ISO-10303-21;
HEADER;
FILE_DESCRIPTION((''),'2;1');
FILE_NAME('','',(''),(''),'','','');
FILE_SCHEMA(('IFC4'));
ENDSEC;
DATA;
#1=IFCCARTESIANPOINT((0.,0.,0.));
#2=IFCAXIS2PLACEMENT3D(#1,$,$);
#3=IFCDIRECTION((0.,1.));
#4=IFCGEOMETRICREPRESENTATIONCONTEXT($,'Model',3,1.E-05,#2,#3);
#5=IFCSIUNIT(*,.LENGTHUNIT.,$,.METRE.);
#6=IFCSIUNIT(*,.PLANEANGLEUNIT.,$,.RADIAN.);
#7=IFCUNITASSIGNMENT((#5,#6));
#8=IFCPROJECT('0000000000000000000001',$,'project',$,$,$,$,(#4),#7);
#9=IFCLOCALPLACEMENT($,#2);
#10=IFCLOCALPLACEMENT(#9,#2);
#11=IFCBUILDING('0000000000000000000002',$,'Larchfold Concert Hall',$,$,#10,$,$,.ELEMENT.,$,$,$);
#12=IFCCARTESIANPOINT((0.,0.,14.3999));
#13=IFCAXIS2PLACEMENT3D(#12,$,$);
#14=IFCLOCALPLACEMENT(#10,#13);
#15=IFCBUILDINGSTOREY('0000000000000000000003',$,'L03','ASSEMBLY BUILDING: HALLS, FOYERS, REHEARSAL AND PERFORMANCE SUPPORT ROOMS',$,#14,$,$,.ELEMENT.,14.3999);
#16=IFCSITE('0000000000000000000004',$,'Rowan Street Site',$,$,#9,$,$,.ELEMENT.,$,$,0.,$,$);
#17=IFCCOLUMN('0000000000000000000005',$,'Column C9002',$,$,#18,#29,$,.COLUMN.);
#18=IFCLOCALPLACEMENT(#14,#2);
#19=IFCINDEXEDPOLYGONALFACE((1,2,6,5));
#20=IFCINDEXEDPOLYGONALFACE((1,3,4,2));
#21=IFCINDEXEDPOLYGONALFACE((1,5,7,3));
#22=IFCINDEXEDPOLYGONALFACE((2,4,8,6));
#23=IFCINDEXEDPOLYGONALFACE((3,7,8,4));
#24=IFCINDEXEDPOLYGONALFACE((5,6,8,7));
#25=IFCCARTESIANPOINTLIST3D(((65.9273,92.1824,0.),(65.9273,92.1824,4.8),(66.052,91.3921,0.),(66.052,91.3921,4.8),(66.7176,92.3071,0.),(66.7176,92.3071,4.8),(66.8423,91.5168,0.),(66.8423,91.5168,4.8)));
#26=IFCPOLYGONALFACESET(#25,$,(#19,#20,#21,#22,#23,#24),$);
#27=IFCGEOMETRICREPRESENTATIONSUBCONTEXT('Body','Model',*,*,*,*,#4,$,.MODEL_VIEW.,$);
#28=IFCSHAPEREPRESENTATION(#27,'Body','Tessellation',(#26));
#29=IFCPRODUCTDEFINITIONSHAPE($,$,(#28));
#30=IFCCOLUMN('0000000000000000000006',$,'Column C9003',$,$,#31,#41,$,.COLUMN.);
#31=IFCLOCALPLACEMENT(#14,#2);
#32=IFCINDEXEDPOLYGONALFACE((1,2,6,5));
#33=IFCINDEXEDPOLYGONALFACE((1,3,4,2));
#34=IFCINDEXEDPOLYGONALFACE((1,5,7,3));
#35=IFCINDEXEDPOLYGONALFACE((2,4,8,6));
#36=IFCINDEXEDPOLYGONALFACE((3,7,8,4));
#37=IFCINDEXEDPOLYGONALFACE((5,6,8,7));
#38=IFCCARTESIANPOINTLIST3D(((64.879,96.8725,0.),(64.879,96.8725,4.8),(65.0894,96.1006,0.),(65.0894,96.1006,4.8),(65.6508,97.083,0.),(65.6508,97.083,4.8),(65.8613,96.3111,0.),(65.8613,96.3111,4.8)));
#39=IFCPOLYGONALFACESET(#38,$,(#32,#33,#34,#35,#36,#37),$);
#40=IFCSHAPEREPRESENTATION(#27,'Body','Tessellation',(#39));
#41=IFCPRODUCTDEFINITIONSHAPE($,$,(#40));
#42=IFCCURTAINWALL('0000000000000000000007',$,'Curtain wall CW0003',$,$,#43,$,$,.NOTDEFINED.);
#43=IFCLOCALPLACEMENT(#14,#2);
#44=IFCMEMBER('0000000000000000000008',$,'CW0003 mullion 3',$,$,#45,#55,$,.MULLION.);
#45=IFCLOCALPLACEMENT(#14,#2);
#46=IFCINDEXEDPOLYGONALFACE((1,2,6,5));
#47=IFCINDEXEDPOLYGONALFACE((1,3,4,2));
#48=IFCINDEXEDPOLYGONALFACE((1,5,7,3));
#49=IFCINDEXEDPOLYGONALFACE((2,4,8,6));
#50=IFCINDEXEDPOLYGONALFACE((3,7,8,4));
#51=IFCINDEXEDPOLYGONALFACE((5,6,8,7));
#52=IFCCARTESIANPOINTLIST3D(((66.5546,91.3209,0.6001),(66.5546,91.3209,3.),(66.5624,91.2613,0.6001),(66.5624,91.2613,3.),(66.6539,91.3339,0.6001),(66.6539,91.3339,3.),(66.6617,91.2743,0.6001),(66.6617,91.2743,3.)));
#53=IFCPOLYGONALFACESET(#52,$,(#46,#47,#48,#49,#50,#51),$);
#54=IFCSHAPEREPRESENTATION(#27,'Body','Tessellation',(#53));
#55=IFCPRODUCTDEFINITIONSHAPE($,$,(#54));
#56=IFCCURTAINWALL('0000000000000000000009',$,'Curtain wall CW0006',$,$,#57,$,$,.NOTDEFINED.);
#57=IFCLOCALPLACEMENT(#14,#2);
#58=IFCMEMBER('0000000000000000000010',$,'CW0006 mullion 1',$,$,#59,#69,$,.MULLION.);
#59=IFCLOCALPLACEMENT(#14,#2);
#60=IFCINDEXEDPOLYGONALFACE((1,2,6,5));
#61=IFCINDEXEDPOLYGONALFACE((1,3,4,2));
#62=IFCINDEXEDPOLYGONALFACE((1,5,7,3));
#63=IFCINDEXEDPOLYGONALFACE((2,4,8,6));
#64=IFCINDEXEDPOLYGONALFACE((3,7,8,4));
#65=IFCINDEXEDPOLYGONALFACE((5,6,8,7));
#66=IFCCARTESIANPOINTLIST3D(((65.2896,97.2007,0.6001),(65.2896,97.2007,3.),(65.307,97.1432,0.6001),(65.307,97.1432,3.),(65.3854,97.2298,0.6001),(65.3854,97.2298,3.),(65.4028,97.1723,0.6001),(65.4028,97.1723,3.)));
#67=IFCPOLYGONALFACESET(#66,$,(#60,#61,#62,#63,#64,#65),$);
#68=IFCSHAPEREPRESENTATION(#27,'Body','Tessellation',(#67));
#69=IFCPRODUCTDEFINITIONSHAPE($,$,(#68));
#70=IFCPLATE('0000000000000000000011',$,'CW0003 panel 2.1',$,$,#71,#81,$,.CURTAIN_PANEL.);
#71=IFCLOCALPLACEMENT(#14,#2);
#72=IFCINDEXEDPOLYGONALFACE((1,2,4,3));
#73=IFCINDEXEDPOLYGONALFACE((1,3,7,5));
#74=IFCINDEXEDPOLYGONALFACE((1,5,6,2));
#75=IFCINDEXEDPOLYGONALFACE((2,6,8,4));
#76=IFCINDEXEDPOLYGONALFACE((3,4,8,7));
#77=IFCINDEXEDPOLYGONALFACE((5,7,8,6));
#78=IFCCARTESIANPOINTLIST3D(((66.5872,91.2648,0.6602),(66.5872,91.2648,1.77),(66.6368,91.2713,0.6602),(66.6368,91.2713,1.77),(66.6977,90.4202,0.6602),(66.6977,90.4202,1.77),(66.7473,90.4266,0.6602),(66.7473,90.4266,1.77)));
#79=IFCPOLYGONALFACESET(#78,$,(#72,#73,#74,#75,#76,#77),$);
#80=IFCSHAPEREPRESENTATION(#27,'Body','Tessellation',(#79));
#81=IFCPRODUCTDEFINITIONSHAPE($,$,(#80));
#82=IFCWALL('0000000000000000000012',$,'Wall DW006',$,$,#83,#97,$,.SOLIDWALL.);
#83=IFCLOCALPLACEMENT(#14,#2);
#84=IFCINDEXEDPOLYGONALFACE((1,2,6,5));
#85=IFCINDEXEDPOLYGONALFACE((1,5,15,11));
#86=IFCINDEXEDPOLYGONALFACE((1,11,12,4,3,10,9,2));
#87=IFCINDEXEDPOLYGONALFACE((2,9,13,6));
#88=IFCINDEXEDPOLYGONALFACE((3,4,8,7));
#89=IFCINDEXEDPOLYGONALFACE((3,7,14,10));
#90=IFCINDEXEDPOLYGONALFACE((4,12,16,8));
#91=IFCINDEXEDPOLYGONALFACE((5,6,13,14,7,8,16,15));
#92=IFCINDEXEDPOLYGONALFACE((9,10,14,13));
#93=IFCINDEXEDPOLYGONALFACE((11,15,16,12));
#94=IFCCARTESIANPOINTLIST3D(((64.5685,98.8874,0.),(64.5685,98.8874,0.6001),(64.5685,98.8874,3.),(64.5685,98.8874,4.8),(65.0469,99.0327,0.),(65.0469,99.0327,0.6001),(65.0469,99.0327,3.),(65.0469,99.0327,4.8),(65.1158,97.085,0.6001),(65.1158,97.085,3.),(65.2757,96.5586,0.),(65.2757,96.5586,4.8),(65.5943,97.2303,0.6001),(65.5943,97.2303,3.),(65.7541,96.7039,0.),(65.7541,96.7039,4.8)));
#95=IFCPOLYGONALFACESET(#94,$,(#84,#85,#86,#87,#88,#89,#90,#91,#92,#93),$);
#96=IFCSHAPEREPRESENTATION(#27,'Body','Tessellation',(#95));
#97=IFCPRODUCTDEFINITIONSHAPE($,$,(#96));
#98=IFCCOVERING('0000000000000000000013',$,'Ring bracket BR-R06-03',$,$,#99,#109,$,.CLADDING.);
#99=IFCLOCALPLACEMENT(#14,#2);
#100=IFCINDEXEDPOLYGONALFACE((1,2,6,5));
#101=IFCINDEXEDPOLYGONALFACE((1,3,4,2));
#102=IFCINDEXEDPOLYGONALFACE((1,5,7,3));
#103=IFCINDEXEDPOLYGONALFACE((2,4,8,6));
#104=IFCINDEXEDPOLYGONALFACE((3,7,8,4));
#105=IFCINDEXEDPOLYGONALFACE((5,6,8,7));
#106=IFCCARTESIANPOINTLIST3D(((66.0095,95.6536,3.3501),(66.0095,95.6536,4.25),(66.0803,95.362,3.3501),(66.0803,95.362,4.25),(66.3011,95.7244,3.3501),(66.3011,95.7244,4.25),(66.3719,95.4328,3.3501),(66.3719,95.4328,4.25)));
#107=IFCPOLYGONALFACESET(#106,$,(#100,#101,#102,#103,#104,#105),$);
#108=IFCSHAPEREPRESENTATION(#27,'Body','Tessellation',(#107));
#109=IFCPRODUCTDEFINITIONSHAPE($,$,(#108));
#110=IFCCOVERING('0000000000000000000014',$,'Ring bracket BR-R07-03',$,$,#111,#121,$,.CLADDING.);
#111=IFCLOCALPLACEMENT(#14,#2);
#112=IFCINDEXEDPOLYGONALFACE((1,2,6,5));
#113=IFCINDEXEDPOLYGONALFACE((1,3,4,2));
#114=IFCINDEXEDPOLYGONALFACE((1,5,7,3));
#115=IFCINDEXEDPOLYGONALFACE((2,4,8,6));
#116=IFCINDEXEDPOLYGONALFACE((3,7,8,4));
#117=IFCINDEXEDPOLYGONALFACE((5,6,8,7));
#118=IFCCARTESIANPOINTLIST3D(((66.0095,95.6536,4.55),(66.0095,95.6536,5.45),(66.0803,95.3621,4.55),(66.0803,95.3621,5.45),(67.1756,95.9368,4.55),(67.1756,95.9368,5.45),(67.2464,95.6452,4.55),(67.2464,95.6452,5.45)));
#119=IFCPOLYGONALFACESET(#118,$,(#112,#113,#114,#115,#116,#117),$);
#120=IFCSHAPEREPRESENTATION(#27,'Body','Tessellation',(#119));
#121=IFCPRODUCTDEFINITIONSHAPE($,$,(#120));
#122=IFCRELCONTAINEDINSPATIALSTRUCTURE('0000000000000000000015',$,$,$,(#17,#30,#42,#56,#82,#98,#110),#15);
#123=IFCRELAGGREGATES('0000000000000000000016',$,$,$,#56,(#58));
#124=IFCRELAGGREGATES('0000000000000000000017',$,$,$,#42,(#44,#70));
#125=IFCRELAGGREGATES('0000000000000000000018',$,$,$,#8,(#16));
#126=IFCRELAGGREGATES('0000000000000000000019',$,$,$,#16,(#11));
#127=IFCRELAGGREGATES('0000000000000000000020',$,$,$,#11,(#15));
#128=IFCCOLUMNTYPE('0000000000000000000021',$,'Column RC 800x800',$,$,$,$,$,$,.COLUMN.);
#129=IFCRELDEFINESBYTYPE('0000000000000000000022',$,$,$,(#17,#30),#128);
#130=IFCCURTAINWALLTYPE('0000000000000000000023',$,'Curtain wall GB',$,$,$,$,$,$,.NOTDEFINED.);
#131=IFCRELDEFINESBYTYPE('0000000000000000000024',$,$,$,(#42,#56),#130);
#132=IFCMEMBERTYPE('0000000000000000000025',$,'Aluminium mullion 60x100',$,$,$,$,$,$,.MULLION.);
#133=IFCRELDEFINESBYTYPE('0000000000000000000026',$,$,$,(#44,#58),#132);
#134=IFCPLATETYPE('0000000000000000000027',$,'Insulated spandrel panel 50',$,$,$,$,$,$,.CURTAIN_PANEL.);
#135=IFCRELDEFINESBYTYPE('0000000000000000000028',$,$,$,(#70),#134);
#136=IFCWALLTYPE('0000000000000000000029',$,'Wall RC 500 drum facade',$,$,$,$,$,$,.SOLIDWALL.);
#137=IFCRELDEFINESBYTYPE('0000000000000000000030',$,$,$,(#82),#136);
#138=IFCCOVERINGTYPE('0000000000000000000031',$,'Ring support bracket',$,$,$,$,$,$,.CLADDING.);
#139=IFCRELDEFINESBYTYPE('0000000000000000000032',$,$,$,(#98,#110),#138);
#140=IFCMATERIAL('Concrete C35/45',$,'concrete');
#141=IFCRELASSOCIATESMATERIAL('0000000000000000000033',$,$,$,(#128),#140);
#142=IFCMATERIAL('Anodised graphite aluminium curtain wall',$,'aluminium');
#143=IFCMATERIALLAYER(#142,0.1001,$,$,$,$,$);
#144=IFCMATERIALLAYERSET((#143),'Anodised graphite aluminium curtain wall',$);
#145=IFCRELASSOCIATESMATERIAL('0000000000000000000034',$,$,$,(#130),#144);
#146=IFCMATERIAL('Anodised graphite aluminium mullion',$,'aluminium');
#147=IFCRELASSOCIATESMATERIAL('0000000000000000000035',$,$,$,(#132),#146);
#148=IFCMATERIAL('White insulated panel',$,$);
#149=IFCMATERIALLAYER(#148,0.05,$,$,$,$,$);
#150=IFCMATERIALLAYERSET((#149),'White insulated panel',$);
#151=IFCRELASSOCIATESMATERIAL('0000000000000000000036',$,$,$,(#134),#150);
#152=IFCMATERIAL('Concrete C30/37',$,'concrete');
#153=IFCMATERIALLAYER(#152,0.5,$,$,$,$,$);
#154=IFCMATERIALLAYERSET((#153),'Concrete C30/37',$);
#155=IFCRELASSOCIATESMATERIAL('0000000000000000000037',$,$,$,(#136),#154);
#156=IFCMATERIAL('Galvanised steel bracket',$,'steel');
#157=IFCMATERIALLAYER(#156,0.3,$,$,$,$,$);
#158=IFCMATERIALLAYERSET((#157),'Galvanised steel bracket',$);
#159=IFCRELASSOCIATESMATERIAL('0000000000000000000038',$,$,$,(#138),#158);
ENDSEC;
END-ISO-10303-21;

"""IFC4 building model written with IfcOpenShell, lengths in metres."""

from ifc_helpers import new_model, si_unit, direction, frame, frame_2d, origin, origin_2d, place, context, subcontext, project, spatial, rectangle, extrude, material, layer, layer_set, material_profile, profile_set, type_object, element, fill, aggregate, save


model = new_model("IFC4")

# Units and contexts
model_context = context("Model", 3, precision=1e-05, world=origin(), true_north=direction((0.0, 1.0)))
body_context = subcontext(model_context, "Body", "Model", "MODEL_VIEW")
ifc_project = project(units=[si_unit("LENGTHUNIT", "METRE"), si_unit("PLANEANGLEUNIT", "RADIAN")], contexts=[model_context])

# Site, building, storey
site_placement = place(None, origin())
site = spatial("IfcSite", under=ifc_project, at=site_placement, Name="Rowan Street Site", CompositionType="ELEMENT", RefElevation=0.0)
building_placement = place(site_placement, origin())
building = spatial("IfcBuilding", under=site, at=building_placement, Name="Larchfold Concert Hall", CompositionType="ELEMENT")
storey_placement = place(building_placement, frame((0.0, 0.0, 14.3999)))
storey = spatial("IfcBuildingStorey", under=building, at=storey_placement, Name="L03", Description="ASSEMBLY BUILDING: HALLS, FOYERS, REHEARSAL AND PERFORMANCE SUPPORT ROOMS", CompositionType="ELEMENT", Elevation=14.3999)

# Columns
ifc_material_1 = material(Name="Concrete C35/45", Category="concrete")
ifc_material_profile_1 = material_profile(ifc_material_1, rectangle(XDim=0.8, YDim=0.8, at=origin_2d()))
ifc_profile_set_1 = profile_set([ifc_material_profile_1], Name="Concrete C35/45")
column_type = type_object("IfcColumnType", Name="Column RC 800x800", PredefinedType="COLUMN", material=ifc_profile_set_1)
for number, where, z_axis, x_axis, name in (
    (1, (66.3848, 91.8496, 0.0), (0.0, 0.0, 1.0), (0.987778, 0.155867, 0.0), "Column C9002"),
    (2, (65.3701, 96.5918, 0.0), (0.0, 0.0, 1.0), (0.964788, 0.263028, 0.0), "Column C9003"),
):
    element("IfcColumn", number, at=place(storey_placement, frame(where, z_axis=z_axis, x_axis=x_axis)), inside=storey, type_object=column_type, Name=name, PredefinedType="COLUMN", context=body_context, shape_type="SweptSolid", body=[
        extrude(rectangle(XDim=0.8, YDim=0.8, at=origin_2d()), origin(), (0.0, 0.0, 1.0), 4.8),
    ])

# Curtain wall, member
ifc_material_2 = material(Name="Anodised graphite aluminium curtain wall", Category="aluminium")
ifc_layer_1 = layer(ifc_material_2, 0.1001)
ifc_layer_set_1 = layer_set([ifc_layer_1], Name="Anodised graphite aluminium curtain wall")
curtain_wall_type = type_object("IfcCurtainWallType", Name="Curtain wall GB", PredefinedType="NOTDEFINED", material=ifc_layer_set_1)
curtain_wall_1_placement = place(storey_placement, origin())
curtain_wall_1 = element("IfcCurtainWall", 3, at=curtain_wall_1_placement, inside=storey, type_object=curtain_wall_type, Name="Curtain wall CW0003", PredefinedType="NOTDEFINED")
ifc_material_3 = material(Name="Anodised graphite aluminium mullion", Category="aluminium")
ifc_material_profile_2 = material_profile(ifc_material_3, rectangle(XDim=0.1001, YDim=0.0601, at=origin_2d()))
ifc_profile_set_2 = profile_set([ifc_material_profile_2], Name="Anodised graphite aluminium mullion")
member_type_1 = type_object("IfcMemberType", Name="Aluminium mullion 60x100", PredefinedType="MULLION", material=ifc_profile_set_2)
member_1_placement = place(storey_placement, frame((66.6082, 91.2976, 0.6001), z_axis=(0.0, 0.0, 1.0), x_axis=(-0.991548, -0.129744, 0.0)))
member_1 = element("IfcMember", 4, at=member_1_placement, type_object=member_type_1, Name="CW0003 mullion 3", PredefinedType="MULLION", context=body_context, shape_type="SweptSolid", body=[
    extrude(rectangle(XDim=0.1001, YDim=0.0601, at=origin_2d()), origin(), (0.0, 0.0, 1.0), 2.3999),
])

# Curtain wall, member
curtain_wall_2_placement = place(storey_placement, origin())
curtain_wall_2 = element("IfcCurtainWall", 5, at=curtain_wall_2_placement, inside=storey, type_object=curtain_wall_type, Name="Curtain wall CW0006", PredefinedType="NOTDEFINED")
member_2_placement = place(storey_placement, frame((65.3462, 97.1865, 0.6001), z_axis=(0.0, 0.0, 1.0), x_axis=(-0.956854, -0.290568, 0.0)))
member_2 = element("IfcMember", 6, at=member_2_placement, type_object=member_type_1, Name="CW0006 mullion 1", PredefinedType="MULLION", context=body_context, shape_type="SweptSolid", body=[
    extrude(rectangle(XDim=0.1001, YDim=0.0601, at=origin_2d()), origin(), (0.0, 0.0, 1.0), 2.3999),
])
aggregate(curtain_wall_2, [member_2])

# Plate
ifc_material_4 = material(Name="White insulated panel")
ifc_layer_2 = layer(ifc_material_4, 0.05)
ifc_layer_set_2 = layer_set([ifc_layer_2], Name="White insulated panel")
plate_type_1 = type_object("IfcPlateType", Name="Insulated spandrel panel 50", PredefinedType="CURTAIN_PANEL", material=ifc_layer_set_2)
plate_1_placement = place(storey_placement, frame((66.6672, 90.8457, 0.6602), z_axis=(0.0, 0.0, 1.0), x_axis=(-0.129744, 0.991548, 0.0)))
plate_1 = element("IfcPlate", 7, at=plate_1_placement, type_object=plate_type_1, Name="CW0003 panel 2.1", PredefinedType="CURTAIN_PANEL", context=body_context, shape_type="SweptSolid", body=[
    extrude(rectangle(XDim=0.8518, YDim=0.05, at=origin_2d()), origin(), (0.0, 0.0, 1.0), 1.1099),
])
aggregate(curtain_wall_1, [member_1, plate_1])

# Wall, opening
ifc_material_5 = material(Name="Concrete C30/37", Category="concrete")
ifc_layer_3 = layer(ifc_material_5, 0.5)
ifc_layer_set_3 = layer_set([ifc_layer_3], Name="Concrete C30/37")
wall_type = type_object("IfcWallType", Name="Wall RC 500 drum facade", PredefinedType="SOLIDWALL", material=ifc_layer_set_3)
wall_1_placement = place(storey_placement, frame((65.5149, 96.6313, 0.0), z_axis=(0.0, 0.0, 1.0), x_axis=(-0.290595, 0.956846, 0.0)))
wall_1 = element("IfcWall", 8, at=wall_1_placement, inside=storey, type_object=wall_type, Name="Wall DW006", PredefinedType="SOLIDWALL", context=body_context, shape_type="SweptSolid", body=[
    extrude(rectangle(XDim=2.4338, YDim=0.5, at=frame_2d((1.2168, 0.0))), origin(), (0.0, 0.0, 1.0), 4.8),
])
opening_1_placement = place(wall_1_placement, frame((0.55, 0.0, 0.6001)))
opening_1 = element("IfcOpeningElement", 9, at=opening_1_placement, cuts=wall_1, PredefinedType="OPENING", context=body_context, shape_type="SweptSolid", body=[
    extrude(rectangle(XDim=1.8838, YDim=2.3999, at=frame_2d((0.9419, 1.2))), frame((0.0, 0.26, 0.0), z_axis=(0.0, -1.0, 0.0), x_axis=(1.0, 0.0, 0.0)), (0.0, 0.0, 1.0), 0.52),
])
fill(opening_1, curtain_wall_2)

# Coverings
ifc_material_6 = material(Name="Galvanised steel bracket", Category="steel")
ifc_layer_4 = layer(ifc_material_6, 0.3)
ifc_layer_set_4 = layer_set([ifc_layer_4], Name="Galvanised steel bracket")
covering_type = type_object("IfcCoveringType", Name="Ring support bracket", PredefinedType="CLADDING", material=ifc_layer_set_4)
covering_1_placement = place(storey_placement, frame((66.1907, 95.5432, 3.3501), z_axis=(0.0, 0.0, 1.0), x_axis=(0.971763, 0.23596, 0.0)))
element("IfcCovering", 10, at=covering_1_placement, inside=storey, type_object=covering_type, Name="Ring bracket BR-R06-03", PredefinedType="CLADDING", context=body_context, shape_type="SweptSolid", body=[
    extrude(rectangle(XDim=0.3, YDim=0.3, at=origin_2d()), origin(), (0.0, 0.0, 1.0), 0.8999),
])
covering_2_placement = place(storey_placement, frame((66.6279, 95.6494, 4.55), z_axis=(0.0, 0.0, 1.0), x_axis=(0.971763, 0.23596, 0.0)))
element("IfcCovering", 11, at=covering_2_placement, inside=storey, type_object=covering_type, Name="Ring bracket BR-R07-03", PredefinedType="CLADDING", context=body_context, shape_type="SweptSolid", body=[
    extrude(rectangle(XDim=1.2, YDim=0.3, at=origin_2d()), origin(), (0.0, 0.0, 1.0), 0.8999),
])

save(model, "model.ifc")
